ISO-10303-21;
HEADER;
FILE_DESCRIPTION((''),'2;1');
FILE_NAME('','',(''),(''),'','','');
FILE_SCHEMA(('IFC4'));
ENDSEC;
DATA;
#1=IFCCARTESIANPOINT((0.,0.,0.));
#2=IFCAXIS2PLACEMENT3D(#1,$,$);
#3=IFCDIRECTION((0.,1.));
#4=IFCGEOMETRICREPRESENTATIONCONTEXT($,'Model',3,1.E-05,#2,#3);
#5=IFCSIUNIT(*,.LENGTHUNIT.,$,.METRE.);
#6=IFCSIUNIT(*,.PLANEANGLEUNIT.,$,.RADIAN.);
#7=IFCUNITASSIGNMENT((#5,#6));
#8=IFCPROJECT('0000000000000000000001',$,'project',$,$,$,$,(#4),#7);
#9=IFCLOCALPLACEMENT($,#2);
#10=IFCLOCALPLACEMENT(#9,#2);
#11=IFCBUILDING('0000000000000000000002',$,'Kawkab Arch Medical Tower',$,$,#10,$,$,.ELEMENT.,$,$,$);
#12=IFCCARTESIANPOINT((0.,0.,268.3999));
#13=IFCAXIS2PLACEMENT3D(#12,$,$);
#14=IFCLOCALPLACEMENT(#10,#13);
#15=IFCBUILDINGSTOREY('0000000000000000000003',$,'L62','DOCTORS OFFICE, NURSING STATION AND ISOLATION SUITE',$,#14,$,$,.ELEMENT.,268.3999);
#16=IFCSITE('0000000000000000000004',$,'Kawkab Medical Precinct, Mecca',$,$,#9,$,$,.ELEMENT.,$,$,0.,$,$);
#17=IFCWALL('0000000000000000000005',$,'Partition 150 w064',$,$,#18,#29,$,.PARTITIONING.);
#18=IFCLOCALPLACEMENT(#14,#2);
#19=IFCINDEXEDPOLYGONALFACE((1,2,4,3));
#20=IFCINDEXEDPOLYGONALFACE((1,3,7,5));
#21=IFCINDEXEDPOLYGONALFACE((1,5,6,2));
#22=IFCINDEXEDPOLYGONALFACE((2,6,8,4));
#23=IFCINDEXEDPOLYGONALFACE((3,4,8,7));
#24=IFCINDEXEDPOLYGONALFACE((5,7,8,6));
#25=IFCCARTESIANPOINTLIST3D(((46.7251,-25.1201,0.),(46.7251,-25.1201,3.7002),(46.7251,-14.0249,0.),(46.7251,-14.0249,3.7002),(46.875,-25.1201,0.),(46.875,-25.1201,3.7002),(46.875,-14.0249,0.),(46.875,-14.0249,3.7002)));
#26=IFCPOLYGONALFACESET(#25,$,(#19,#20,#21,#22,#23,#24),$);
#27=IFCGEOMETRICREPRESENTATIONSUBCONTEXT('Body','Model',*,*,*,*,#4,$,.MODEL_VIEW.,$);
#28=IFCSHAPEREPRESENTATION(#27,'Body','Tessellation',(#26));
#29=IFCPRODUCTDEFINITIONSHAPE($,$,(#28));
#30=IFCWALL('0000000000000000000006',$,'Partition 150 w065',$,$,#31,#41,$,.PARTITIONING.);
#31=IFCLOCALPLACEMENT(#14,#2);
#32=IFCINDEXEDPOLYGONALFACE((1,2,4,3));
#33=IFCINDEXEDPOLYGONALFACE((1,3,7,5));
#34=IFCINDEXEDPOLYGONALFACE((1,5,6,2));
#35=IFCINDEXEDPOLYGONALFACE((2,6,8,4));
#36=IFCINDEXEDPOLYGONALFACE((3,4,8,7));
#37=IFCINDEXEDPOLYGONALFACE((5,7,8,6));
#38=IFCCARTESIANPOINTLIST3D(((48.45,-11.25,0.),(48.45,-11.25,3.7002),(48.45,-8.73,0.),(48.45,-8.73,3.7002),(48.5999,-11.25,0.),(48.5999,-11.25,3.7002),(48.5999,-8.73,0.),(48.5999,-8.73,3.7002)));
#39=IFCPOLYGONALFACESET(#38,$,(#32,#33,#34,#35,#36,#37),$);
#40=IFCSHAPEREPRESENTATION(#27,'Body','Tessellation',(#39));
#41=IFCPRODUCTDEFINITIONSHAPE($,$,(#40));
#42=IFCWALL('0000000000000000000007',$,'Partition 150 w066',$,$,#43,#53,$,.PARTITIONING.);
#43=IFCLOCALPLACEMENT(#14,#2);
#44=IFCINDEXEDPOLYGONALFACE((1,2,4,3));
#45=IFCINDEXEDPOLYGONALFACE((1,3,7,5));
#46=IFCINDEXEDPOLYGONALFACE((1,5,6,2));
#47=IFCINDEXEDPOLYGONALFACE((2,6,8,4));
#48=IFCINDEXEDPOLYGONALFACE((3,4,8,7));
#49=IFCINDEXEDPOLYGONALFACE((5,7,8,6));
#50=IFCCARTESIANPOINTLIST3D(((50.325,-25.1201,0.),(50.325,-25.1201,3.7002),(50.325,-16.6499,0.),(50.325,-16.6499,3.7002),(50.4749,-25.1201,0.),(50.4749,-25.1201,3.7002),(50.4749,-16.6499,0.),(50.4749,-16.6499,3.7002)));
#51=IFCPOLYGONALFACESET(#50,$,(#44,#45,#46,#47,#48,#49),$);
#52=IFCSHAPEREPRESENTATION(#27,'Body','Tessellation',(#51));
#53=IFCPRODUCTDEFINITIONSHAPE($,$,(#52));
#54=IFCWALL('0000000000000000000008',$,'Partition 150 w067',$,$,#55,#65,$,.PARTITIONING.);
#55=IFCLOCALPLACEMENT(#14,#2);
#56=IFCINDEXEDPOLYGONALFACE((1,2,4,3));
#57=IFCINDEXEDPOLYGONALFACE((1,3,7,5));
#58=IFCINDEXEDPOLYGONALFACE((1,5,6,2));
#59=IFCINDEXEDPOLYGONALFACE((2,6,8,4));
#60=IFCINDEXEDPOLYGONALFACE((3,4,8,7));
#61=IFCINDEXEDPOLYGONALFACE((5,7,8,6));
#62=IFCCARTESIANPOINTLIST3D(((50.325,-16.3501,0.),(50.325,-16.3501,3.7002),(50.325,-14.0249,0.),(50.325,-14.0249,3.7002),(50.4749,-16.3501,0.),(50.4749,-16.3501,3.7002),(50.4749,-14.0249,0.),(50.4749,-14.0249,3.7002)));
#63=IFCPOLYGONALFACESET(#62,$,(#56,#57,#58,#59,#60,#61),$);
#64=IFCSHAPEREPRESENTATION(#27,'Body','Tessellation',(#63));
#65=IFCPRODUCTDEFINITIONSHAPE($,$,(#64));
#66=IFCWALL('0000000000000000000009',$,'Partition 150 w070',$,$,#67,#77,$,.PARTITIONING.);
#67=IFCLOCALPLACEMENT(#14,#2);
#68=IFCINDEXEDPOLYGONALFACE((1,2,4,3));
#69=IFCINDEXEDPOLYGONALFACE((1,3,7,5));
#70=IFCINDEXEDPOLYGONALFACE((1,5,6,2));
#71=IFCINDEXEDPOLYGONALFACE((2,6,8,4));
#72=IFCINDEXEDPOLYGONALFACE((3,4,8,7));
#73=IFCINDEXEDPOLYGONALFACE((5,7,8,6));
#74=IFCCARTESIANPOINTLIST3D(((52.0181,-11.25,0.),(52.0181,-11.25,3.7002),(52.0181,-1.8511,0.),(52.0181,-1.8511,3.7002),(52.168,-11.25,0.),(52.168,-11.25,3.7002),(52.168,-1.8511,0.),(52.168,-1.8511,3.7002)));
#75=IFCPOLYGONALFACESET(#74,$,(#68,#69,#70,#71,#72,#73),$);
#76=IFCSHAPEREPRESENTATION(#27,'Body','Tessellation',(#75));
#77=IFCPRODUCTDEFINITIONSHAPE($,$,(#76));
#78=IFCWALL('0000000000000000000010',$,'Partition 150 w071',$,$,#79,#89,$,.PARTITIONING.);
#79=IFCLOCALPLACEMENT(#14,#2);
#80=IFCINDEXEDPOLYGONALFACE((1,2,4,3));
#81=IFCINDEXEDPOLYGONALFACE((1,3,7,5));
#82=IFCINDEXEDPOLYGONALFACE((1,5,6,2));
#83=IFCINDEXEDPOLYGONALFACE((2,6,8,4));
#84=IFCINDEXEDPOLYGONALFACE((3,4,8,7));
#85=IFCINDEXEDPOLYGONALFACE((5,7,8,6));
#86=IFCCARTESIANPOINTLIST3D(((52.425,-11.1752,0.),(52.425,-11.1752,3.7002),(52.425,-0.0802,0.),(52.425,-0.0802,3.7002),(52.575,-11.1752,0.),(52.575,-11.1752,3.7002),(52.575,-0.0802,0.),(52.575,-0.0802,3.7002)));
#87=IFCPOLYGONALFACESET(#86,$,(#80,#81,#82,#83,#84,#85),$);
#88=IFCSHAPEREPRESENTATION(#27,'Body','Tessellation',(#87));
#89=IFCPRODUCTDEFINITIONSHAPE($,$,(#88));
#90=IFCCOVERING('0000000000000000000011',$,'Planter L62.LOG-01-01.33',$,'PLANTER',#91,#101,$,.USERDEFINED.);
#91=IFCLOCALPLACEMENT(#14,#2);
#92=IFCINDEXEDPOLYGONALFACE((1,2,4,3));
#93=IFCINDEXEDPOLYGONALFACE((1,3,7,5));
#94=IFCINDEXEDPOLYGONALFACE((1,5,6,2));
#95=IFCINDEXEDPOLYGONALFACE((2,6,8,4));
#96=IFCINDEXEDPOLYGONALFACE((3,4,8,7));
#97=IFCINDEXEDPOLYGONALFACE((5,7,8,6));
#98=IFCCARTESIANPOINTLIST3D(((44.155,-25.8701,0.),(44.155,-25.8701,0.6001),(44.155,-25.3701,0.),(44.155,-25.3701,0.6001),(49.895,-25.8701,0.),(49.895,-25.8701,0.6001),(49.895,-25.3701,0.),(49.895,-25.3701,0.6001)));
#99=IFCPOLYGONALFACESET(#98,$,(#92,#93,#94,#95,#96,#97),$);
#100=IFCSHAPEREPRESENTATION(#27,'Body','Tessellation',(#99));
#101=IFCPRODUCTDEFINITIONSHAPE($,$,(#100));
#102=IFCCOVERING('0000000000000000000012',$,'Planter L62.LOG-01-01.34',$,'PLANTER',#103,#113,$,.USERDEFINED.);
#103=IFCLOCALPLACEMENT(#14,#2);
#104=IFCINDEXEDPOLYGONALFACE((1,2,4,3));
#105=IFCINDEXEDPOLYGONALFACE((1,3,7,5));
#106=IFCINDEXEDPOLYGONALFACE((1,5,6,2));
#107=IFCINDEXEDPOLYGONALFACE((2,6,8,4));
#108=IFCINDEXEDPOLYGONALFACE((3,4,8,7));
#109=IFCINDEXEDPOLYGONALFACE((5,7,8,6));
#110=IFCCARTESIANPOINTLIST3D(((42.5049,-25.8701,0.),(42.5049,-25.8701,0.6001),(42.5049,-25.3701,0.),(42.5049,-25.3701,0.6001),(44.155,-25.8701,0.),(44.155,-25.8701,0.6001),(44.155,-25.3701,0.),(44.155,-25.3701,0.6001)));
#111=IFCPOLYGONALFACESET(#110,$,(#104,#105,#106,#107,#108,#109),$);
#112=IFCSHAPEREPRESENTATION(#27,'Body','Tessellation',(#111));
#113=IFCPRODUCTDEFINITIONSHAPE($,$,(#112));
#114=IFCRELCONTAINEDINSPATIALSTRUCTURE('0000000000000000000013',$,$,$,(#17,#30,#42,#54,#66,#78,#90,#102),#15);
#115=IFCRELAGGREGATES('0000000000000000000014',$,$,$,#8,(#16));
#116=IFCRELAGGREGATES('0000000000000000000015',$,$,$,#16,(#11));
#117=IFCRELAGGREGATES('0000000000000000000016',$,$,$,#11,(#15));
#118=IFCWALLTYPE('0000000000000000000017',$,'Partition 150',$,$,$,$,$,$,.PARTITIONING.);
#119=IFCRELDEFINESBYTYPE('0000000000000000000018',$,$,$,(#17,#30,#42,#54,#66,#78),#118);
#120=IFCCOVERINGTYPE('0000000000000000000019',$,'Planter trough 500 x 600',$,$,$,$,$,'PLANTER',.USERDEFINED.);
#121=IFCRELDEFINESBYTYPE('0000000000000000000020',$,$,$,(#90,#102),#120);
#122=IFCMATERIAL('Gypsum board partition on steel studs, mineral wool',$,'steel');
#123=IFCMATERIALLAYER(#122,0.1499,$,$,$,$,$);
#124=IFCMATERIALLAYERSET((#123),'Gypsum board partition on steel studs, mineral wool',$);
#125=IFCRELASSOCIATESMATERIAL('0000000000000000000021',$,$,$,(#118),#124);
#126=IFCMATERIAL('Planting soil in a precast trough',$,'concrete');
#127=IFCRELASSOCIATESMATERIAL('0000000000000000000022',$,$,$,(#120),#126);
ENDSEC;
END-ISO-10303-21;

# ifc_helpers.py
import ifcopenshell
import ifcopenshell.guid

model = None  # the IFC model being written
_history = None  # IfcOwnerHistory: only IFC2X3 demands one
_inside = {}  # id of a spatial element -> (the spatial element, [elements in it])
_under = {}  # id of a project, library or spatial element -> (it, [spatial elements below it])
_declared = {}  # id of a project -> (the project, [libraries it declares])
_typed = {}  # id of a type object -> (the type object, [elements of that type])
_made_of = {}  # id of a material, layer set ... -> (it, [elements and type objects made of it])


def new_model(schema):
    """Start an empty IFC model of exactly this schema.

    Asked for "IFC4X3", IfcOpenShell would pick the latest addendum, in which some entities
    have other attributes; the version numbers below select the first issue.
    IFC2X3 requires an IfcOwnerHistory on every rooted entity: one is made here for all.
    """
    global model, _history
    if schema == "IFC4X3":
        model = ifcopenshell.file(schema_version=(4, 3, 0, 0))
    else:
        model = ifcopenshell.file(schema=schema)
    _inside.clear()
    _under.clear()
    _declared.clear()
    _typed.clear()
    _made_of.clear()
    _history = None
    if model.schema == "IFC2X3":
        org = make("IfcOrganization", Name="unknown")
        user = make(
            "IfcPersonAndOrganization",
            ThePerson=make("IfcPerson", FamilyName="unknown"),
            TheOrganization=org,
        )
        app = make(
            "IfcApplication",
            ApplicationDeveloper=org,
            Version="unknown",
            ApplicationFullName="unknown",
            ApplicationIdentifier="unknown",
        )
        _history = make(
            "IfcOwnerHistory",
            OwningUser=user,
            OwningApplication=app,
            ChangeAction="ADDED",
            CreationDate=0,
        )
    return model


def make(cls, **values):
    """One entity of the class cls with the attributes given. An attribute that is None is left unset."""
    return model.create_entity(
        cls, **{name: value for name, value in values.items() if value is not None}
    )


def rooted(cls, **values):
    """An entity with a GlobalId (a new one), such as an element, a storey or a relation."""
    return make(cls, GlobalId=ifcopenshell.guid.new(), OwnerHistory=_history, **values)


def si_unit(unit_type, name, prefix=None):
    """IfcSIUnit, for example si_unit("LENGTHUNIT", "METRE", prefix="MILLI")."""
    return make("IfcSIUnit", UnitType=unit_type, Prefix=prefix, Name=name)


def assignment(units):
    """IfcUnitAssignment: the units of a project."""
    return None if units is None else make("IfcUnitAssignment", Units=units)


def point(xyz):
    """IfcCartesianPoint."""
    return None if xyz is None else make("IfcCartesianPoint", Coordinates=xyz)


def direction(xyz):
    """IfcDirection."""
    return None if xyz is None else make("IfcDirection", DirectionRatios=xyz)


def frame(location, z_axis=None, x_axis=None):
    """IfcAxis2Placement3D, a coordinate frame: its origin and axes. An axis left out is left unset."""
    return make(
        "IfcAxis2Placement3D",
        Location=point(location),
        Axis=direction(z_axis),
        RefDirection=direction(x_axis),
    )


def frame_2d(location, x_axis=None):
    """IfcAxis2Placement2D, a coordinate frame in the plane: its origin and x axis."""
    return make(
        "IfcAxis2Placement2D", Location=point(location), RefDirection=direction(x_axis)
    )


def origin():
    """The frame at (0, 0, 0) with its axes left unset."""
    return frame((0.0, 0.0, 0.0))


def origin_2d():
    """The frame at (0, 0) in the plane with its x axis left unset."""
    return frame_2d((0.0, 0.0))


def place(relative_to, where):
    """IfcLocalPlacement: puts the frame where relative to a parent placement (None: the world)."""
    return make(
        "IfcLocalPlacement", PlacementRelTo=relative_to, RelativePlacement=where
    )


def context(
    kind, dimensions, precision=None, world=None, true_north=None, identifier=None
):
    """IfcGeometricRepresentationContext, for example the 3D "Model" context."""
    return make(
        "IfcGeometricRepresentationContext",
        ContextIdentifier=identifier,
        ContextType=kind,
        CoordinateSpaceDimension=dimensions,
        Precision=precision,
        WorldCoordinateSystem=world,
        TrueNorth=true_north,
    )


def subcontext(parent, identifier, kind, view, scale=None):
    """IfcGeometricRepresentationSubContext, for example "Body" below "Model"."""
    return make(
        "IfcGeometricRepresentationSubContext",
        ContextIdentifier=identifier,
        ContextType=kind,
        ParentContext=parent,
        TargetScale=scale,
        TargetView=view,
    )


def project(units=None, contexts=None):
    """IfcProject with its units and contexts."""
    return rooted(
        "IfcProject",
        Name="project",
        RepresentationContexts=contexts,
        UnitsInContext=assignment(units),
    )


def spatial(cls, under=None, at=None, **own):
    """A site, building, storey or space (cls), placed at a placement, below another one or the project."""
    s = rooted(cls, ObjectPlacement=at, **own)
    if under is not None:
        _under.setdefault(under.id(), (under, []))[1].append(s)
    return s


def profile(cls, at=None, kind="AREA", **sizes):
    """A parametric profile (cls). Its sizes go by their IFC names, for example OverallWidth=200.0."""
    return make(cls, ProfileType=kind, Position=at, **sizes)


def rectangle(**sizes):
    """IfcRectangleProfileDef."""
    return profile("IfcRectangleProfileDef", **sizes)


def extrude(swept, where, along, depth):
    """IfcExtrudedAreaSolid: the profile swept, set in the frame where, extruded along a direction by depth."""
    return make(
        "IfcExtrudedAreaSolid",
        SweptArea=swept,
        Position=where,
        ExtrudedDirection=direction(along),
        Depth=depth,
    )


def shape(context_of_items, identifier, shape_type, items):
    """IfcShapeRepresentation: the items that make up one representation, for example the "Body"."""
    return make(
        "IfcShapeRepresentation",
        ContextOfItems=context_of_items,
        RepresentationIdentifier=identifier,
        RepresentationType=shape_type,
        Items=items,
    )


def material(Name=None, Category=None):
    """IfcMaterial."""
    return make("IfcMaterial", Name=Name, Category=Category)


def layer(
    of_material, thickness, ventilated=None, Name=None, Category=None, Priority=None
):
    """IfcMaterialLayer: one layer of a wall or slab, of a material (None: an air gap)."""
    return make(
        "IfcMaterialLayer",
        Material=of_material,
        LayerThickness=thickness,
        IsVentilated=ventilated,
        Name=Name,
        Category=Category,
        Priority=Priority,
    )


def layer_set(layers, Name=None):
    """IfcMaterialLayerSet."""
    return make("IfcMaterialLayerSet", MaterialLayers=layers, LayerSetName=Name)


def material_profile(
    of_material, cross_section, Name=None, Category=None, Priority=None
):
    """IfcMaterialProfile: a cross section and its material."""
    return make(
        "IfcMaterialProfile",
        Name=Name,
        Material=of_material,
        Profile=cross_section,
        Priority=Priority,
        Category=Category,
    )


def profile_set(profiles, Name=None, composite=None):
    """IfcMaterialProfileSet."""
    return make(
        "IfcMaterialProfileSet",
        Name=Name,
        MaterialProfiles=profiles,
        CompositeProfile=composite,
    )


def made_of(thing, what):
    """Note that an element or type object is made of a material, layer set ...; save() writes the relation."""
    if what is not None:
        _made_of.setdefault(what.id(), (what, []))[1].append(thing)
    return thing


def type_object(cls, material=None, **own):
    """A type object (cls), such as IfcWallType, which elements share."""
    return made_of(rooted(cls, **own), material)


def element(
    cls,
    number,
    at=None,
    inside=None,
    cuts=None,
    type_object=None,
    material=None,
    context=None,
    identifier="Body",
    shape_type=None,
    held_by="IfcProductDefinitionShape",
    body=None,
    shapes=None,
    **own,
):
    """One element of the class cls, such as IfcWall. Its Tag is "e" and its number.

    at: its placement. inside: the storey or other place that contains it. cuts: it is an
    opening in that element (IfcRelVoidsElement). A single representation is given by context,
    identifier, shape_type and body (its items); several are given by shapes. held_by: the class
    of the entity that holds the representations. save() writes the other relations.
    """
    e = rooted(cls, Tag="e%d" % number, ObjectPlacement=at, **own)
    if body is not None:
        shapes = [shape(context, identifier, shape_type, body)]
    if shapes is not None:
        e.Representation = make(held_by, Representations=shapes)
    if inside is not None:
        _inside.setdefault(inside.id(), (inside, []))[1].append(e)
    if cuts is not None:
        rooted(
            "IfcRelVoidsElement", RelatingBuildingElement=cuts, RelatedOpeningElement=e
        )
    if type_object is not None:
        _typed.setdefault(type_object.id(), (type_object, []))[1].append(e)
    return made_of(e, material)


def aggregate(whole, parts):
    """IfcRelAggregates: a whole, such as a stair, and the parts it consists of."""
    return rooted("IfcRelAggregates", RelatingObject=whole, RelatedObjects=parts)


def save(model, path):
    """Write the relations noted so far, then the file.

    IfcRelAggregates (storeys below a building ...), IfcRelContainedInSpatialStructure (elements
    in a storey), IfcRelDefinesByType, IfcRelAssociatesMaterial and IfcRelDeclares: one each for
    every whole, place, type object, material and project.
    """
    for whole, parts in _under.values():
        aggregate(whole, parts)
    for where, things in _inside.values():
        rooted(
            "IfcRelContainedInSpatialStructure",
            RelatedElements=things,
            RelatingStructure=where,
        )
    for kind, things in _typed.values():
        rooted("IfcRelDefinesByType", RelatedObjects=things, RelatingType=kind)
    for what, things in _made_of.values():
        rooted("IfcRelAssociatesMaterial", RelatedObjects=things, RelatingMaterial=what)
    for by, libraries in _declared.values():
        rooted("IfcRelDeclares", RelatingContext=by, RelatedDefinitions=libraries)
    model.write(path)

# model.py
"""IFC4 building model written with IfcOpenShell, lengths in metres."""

from ifc_helpers import new_model, si_unit, direction, frame, frame_2d, origin, origin_2d, place, context, subcontext, project, spatial, rectangle, extrude, material, layer, layer_set, material_profile, profile_set, type_object, element, save


model = new_model("IFC4")

# Units and contexts
model_context = context("Model", 3, precision=1e-05, world=origin(), true_north=direction((0.0, 1.0)))
body_context = subcontext(model_context, "Body", "Model", "MODEL_VIEW")
ifc_project = project(units=[si_unit("LENGTHUNIT", "METRE"), si_unit("PLANEANGLEUNIT", "RADIAN")], contexts=[model_context])

# Site, building, storey
site_placement = place(None, origin())
site = spatial("IfcSite", under=ifc_project, at=site_placement, Name="Kawkab Medical Precinct, Mecca", CompositionType="ELEMENT", RefElevation=0.0)
building_placement = place(site_placement, origin())
building = spatial("IfcBuilding", under=site, at=building_placement, Name="Kawkab Arch Medical Tower", CompositionType="ELEMENT")
storey_placement = place(building_placement, frame((0.0, 0.0, 268.3999)))
storey = spatial("IfcBuildingStorey", under=building, at=storey_placement, Name="L62", Description="DOCTORS OFFICE, NURSING STATION AND ISOLATION SUITE", CompositionType="ELEMENT", Elevation=268.3999)

# Shared definitions
ifc_material_1 = material(Name="Gypsum board partition on steel studs, mineral wool", Category="steel")
ifc_layer_1 = layer(ifc_material_1, 0.1499)
ifc_layer_set_1 = layer_set([ifc_layer_1], Name="Gypsum board partition on steel studs, mineral wool")
wall_type_1 = type_object("IfcWallType", Name="Partition 150", PredefinedType="PARTITIONING", material=ifc_layer_set_1)

# Walls
wall_1_placement = place(storey_placement, frame((46.8, -25.1201, 0.0), z_axis=(0.0, 0.0, 1.0), x_axis=(0.0, 1.0, 0.0)))
element("IfcWall", 1, at=wall_1_placement, inside=storey, type_object=wall_type_1, Name="Partition 150 w064", PredefinedType="PARTITIONING", context=body_context, shape_type="SweptSolid", body=[
    extrude(rectangle(XDim=11.0952, YDim=0.1499, at=frame_2d((5.5476, 0.0))), origin(), (0.0, 0.0, 1.0), 3.7002),
])
wall_2_placement = place(storey_placement, frame((48.5249, -11.25, 0.0), z_axis=(0.0, 0.0, 1.0), x_axis=(0.0, 1.0, 0.0)))
element("IfcWall", 2, at=wall_2_placement, inside=storey, type_object=wall_type_1, Name="Partition 150 w065", PredefinedType="PARTITIONING", context=body_context, shape_type="SweptSolid", body=[
    extrude(rectangle(XDim=2.52, YDim=0.1499, at=frame_2d((1.26, 0.0))), origin(), (0.0, 0.0, 1.0), 3.7002),
])
wall_3_placement = place(storey_placement, frame((50.3999, -25.1201, 0.0), z_axis=(0.0, 0.0, 1.0), x_axis=(0.0, 1.0, 0.0)))
element("IfcWall", 3, at=wall_3_placement, inside=storey, type_object=wall_type_1, Name="Partition 150 w066", PredefinedType="PARTITIONING", context=body_context, shape_type="SweptSolid", body=[
    extrude(rectangle(XDim=8.4702, YDim=0.1499, at=frame_2d((4.2351, 0.0))), origin(), (0.0, 0.0, 1.0), 3.7002),
])
wall_4_placement = place(storey_placement, frame((50.3999, -16.3501, 0.0), z_axis=(0.0, 0.0, 1.0), x_axis=(0.0, 1.0, 0.0)))
element("IfcWall", 4, at=wall_4_placement, inside=storey, type_object=wall_type_1, Name="Partition 150 w067", PredefinedType="PARTITIONING", context=body_context, shape_type="SweptSolid", body=[
    extrude(rectangle(XDim=2.3252, YDim=0.1499, at=frame_2d((1.1626, 0.0))), origin(), (0.0, 0.0, 1.0), 3.7002),
])
wall_5_placement = place(storey_placement, frame((52.093, -11.25, 0.0), z_axis=(0.0, 0.0, 1.0), x_axis=(0.0, 1.0, 0.0)))
element("IfcWall", 5, at=wall_5_placement, inside=storey, type_object=wall_type_1, Name="Partition 150 w070", PredefinedType="PARTITIONING", context=body_context, shape_type="SweptSolid", body=[
    extrude(rectangle(XDim=9.3989, YDim=0.1499, at=frame_2d((4.6995, 0.0))), origin(), (0.0, 0.0, 1.0), 3.7002),
])
wall_6_placement = place(storey_placement, frame((52.5, -11.175, 0.0), z_axis=(0.0, 0.0, 1.0), x_axis=(0.0, 1.0, 0.0)))
element("IfcWall", 6, at=wall_6_placement, inside=storey, type_object=wall_type_1, Name="Partition 150 w071", PredefinedType="PARTITIONING", context=body_context, shape_type="SweptSolid", body=[
    extrude(rectangle(XDim=11.095, YDim=0.1499, at=frame_2d((5.5474, 0.0))), origin(), (0.0, 0.0, 1.0), 3.7002),
])

# Coverings
ifc_material_2 = material(Name="Planting soil in a precast trough", Category="concrete")
ifc_material_profile_1 = material_profile(ifc_material_2, rectangle(XDim=0.5, YDim=0.6001, at=origin_2d()), Name="Trough 500x600")
ifc_profile_set_1 = profile_set([ifc_material_profile_1], Name="Planting soil in a precast trough")
covering_type = type_object("IfcCoveringType", Name="Planter trough 500 x 600", ElementType="PLANTER", PredefinedType="USERDEFINED", material=ifc_profile_set_1)
covering_1_placement = place(storey_placement, frame((49.895, -25.6201, 0.3), z_axis=(-1.0, 0.0, 0.0), x_axis=(0.0, -1.0, 0.0)))
element("IfcCovering", 7, at=covering_1_placement, inside=storey, type_object=covering_type, Name="Planter L62.LOG-01-01.33", ObjectType="PLANTER", PredefinedType="USERDEFINED", context=body_context, shape_type="SweptSolid", body=[
    extrude(rectangle(XDim=0.5, YDim=0.6001, at=origin_2d()), origin(), (0.0, 0.0, 1.0), 5.74),
])
covering_2_placement = place(storey_placement, frame((44.155, -25.6201, 0.3), z_axis=(-1.0, 0.0, 0.0), x_axis=(0.0, -1.0, 0.0)))
element("IfcCovering", 8, at=covering_2_placement, inside=storey, type_object=covering_type, Name="Planter L62.LOG-01-01.34", ObjectType="PLANTER", PredefinedType="USERDEFINED", context=body_context, shape_type="SweptSolid", body=[
    extrude(rectangle(XDim=0.5, YDim=0.6001, at=origin_2d()), origin(), (0.0, 0.0, 1.0), 1.6501),
])

save(model, "model.ifc")
